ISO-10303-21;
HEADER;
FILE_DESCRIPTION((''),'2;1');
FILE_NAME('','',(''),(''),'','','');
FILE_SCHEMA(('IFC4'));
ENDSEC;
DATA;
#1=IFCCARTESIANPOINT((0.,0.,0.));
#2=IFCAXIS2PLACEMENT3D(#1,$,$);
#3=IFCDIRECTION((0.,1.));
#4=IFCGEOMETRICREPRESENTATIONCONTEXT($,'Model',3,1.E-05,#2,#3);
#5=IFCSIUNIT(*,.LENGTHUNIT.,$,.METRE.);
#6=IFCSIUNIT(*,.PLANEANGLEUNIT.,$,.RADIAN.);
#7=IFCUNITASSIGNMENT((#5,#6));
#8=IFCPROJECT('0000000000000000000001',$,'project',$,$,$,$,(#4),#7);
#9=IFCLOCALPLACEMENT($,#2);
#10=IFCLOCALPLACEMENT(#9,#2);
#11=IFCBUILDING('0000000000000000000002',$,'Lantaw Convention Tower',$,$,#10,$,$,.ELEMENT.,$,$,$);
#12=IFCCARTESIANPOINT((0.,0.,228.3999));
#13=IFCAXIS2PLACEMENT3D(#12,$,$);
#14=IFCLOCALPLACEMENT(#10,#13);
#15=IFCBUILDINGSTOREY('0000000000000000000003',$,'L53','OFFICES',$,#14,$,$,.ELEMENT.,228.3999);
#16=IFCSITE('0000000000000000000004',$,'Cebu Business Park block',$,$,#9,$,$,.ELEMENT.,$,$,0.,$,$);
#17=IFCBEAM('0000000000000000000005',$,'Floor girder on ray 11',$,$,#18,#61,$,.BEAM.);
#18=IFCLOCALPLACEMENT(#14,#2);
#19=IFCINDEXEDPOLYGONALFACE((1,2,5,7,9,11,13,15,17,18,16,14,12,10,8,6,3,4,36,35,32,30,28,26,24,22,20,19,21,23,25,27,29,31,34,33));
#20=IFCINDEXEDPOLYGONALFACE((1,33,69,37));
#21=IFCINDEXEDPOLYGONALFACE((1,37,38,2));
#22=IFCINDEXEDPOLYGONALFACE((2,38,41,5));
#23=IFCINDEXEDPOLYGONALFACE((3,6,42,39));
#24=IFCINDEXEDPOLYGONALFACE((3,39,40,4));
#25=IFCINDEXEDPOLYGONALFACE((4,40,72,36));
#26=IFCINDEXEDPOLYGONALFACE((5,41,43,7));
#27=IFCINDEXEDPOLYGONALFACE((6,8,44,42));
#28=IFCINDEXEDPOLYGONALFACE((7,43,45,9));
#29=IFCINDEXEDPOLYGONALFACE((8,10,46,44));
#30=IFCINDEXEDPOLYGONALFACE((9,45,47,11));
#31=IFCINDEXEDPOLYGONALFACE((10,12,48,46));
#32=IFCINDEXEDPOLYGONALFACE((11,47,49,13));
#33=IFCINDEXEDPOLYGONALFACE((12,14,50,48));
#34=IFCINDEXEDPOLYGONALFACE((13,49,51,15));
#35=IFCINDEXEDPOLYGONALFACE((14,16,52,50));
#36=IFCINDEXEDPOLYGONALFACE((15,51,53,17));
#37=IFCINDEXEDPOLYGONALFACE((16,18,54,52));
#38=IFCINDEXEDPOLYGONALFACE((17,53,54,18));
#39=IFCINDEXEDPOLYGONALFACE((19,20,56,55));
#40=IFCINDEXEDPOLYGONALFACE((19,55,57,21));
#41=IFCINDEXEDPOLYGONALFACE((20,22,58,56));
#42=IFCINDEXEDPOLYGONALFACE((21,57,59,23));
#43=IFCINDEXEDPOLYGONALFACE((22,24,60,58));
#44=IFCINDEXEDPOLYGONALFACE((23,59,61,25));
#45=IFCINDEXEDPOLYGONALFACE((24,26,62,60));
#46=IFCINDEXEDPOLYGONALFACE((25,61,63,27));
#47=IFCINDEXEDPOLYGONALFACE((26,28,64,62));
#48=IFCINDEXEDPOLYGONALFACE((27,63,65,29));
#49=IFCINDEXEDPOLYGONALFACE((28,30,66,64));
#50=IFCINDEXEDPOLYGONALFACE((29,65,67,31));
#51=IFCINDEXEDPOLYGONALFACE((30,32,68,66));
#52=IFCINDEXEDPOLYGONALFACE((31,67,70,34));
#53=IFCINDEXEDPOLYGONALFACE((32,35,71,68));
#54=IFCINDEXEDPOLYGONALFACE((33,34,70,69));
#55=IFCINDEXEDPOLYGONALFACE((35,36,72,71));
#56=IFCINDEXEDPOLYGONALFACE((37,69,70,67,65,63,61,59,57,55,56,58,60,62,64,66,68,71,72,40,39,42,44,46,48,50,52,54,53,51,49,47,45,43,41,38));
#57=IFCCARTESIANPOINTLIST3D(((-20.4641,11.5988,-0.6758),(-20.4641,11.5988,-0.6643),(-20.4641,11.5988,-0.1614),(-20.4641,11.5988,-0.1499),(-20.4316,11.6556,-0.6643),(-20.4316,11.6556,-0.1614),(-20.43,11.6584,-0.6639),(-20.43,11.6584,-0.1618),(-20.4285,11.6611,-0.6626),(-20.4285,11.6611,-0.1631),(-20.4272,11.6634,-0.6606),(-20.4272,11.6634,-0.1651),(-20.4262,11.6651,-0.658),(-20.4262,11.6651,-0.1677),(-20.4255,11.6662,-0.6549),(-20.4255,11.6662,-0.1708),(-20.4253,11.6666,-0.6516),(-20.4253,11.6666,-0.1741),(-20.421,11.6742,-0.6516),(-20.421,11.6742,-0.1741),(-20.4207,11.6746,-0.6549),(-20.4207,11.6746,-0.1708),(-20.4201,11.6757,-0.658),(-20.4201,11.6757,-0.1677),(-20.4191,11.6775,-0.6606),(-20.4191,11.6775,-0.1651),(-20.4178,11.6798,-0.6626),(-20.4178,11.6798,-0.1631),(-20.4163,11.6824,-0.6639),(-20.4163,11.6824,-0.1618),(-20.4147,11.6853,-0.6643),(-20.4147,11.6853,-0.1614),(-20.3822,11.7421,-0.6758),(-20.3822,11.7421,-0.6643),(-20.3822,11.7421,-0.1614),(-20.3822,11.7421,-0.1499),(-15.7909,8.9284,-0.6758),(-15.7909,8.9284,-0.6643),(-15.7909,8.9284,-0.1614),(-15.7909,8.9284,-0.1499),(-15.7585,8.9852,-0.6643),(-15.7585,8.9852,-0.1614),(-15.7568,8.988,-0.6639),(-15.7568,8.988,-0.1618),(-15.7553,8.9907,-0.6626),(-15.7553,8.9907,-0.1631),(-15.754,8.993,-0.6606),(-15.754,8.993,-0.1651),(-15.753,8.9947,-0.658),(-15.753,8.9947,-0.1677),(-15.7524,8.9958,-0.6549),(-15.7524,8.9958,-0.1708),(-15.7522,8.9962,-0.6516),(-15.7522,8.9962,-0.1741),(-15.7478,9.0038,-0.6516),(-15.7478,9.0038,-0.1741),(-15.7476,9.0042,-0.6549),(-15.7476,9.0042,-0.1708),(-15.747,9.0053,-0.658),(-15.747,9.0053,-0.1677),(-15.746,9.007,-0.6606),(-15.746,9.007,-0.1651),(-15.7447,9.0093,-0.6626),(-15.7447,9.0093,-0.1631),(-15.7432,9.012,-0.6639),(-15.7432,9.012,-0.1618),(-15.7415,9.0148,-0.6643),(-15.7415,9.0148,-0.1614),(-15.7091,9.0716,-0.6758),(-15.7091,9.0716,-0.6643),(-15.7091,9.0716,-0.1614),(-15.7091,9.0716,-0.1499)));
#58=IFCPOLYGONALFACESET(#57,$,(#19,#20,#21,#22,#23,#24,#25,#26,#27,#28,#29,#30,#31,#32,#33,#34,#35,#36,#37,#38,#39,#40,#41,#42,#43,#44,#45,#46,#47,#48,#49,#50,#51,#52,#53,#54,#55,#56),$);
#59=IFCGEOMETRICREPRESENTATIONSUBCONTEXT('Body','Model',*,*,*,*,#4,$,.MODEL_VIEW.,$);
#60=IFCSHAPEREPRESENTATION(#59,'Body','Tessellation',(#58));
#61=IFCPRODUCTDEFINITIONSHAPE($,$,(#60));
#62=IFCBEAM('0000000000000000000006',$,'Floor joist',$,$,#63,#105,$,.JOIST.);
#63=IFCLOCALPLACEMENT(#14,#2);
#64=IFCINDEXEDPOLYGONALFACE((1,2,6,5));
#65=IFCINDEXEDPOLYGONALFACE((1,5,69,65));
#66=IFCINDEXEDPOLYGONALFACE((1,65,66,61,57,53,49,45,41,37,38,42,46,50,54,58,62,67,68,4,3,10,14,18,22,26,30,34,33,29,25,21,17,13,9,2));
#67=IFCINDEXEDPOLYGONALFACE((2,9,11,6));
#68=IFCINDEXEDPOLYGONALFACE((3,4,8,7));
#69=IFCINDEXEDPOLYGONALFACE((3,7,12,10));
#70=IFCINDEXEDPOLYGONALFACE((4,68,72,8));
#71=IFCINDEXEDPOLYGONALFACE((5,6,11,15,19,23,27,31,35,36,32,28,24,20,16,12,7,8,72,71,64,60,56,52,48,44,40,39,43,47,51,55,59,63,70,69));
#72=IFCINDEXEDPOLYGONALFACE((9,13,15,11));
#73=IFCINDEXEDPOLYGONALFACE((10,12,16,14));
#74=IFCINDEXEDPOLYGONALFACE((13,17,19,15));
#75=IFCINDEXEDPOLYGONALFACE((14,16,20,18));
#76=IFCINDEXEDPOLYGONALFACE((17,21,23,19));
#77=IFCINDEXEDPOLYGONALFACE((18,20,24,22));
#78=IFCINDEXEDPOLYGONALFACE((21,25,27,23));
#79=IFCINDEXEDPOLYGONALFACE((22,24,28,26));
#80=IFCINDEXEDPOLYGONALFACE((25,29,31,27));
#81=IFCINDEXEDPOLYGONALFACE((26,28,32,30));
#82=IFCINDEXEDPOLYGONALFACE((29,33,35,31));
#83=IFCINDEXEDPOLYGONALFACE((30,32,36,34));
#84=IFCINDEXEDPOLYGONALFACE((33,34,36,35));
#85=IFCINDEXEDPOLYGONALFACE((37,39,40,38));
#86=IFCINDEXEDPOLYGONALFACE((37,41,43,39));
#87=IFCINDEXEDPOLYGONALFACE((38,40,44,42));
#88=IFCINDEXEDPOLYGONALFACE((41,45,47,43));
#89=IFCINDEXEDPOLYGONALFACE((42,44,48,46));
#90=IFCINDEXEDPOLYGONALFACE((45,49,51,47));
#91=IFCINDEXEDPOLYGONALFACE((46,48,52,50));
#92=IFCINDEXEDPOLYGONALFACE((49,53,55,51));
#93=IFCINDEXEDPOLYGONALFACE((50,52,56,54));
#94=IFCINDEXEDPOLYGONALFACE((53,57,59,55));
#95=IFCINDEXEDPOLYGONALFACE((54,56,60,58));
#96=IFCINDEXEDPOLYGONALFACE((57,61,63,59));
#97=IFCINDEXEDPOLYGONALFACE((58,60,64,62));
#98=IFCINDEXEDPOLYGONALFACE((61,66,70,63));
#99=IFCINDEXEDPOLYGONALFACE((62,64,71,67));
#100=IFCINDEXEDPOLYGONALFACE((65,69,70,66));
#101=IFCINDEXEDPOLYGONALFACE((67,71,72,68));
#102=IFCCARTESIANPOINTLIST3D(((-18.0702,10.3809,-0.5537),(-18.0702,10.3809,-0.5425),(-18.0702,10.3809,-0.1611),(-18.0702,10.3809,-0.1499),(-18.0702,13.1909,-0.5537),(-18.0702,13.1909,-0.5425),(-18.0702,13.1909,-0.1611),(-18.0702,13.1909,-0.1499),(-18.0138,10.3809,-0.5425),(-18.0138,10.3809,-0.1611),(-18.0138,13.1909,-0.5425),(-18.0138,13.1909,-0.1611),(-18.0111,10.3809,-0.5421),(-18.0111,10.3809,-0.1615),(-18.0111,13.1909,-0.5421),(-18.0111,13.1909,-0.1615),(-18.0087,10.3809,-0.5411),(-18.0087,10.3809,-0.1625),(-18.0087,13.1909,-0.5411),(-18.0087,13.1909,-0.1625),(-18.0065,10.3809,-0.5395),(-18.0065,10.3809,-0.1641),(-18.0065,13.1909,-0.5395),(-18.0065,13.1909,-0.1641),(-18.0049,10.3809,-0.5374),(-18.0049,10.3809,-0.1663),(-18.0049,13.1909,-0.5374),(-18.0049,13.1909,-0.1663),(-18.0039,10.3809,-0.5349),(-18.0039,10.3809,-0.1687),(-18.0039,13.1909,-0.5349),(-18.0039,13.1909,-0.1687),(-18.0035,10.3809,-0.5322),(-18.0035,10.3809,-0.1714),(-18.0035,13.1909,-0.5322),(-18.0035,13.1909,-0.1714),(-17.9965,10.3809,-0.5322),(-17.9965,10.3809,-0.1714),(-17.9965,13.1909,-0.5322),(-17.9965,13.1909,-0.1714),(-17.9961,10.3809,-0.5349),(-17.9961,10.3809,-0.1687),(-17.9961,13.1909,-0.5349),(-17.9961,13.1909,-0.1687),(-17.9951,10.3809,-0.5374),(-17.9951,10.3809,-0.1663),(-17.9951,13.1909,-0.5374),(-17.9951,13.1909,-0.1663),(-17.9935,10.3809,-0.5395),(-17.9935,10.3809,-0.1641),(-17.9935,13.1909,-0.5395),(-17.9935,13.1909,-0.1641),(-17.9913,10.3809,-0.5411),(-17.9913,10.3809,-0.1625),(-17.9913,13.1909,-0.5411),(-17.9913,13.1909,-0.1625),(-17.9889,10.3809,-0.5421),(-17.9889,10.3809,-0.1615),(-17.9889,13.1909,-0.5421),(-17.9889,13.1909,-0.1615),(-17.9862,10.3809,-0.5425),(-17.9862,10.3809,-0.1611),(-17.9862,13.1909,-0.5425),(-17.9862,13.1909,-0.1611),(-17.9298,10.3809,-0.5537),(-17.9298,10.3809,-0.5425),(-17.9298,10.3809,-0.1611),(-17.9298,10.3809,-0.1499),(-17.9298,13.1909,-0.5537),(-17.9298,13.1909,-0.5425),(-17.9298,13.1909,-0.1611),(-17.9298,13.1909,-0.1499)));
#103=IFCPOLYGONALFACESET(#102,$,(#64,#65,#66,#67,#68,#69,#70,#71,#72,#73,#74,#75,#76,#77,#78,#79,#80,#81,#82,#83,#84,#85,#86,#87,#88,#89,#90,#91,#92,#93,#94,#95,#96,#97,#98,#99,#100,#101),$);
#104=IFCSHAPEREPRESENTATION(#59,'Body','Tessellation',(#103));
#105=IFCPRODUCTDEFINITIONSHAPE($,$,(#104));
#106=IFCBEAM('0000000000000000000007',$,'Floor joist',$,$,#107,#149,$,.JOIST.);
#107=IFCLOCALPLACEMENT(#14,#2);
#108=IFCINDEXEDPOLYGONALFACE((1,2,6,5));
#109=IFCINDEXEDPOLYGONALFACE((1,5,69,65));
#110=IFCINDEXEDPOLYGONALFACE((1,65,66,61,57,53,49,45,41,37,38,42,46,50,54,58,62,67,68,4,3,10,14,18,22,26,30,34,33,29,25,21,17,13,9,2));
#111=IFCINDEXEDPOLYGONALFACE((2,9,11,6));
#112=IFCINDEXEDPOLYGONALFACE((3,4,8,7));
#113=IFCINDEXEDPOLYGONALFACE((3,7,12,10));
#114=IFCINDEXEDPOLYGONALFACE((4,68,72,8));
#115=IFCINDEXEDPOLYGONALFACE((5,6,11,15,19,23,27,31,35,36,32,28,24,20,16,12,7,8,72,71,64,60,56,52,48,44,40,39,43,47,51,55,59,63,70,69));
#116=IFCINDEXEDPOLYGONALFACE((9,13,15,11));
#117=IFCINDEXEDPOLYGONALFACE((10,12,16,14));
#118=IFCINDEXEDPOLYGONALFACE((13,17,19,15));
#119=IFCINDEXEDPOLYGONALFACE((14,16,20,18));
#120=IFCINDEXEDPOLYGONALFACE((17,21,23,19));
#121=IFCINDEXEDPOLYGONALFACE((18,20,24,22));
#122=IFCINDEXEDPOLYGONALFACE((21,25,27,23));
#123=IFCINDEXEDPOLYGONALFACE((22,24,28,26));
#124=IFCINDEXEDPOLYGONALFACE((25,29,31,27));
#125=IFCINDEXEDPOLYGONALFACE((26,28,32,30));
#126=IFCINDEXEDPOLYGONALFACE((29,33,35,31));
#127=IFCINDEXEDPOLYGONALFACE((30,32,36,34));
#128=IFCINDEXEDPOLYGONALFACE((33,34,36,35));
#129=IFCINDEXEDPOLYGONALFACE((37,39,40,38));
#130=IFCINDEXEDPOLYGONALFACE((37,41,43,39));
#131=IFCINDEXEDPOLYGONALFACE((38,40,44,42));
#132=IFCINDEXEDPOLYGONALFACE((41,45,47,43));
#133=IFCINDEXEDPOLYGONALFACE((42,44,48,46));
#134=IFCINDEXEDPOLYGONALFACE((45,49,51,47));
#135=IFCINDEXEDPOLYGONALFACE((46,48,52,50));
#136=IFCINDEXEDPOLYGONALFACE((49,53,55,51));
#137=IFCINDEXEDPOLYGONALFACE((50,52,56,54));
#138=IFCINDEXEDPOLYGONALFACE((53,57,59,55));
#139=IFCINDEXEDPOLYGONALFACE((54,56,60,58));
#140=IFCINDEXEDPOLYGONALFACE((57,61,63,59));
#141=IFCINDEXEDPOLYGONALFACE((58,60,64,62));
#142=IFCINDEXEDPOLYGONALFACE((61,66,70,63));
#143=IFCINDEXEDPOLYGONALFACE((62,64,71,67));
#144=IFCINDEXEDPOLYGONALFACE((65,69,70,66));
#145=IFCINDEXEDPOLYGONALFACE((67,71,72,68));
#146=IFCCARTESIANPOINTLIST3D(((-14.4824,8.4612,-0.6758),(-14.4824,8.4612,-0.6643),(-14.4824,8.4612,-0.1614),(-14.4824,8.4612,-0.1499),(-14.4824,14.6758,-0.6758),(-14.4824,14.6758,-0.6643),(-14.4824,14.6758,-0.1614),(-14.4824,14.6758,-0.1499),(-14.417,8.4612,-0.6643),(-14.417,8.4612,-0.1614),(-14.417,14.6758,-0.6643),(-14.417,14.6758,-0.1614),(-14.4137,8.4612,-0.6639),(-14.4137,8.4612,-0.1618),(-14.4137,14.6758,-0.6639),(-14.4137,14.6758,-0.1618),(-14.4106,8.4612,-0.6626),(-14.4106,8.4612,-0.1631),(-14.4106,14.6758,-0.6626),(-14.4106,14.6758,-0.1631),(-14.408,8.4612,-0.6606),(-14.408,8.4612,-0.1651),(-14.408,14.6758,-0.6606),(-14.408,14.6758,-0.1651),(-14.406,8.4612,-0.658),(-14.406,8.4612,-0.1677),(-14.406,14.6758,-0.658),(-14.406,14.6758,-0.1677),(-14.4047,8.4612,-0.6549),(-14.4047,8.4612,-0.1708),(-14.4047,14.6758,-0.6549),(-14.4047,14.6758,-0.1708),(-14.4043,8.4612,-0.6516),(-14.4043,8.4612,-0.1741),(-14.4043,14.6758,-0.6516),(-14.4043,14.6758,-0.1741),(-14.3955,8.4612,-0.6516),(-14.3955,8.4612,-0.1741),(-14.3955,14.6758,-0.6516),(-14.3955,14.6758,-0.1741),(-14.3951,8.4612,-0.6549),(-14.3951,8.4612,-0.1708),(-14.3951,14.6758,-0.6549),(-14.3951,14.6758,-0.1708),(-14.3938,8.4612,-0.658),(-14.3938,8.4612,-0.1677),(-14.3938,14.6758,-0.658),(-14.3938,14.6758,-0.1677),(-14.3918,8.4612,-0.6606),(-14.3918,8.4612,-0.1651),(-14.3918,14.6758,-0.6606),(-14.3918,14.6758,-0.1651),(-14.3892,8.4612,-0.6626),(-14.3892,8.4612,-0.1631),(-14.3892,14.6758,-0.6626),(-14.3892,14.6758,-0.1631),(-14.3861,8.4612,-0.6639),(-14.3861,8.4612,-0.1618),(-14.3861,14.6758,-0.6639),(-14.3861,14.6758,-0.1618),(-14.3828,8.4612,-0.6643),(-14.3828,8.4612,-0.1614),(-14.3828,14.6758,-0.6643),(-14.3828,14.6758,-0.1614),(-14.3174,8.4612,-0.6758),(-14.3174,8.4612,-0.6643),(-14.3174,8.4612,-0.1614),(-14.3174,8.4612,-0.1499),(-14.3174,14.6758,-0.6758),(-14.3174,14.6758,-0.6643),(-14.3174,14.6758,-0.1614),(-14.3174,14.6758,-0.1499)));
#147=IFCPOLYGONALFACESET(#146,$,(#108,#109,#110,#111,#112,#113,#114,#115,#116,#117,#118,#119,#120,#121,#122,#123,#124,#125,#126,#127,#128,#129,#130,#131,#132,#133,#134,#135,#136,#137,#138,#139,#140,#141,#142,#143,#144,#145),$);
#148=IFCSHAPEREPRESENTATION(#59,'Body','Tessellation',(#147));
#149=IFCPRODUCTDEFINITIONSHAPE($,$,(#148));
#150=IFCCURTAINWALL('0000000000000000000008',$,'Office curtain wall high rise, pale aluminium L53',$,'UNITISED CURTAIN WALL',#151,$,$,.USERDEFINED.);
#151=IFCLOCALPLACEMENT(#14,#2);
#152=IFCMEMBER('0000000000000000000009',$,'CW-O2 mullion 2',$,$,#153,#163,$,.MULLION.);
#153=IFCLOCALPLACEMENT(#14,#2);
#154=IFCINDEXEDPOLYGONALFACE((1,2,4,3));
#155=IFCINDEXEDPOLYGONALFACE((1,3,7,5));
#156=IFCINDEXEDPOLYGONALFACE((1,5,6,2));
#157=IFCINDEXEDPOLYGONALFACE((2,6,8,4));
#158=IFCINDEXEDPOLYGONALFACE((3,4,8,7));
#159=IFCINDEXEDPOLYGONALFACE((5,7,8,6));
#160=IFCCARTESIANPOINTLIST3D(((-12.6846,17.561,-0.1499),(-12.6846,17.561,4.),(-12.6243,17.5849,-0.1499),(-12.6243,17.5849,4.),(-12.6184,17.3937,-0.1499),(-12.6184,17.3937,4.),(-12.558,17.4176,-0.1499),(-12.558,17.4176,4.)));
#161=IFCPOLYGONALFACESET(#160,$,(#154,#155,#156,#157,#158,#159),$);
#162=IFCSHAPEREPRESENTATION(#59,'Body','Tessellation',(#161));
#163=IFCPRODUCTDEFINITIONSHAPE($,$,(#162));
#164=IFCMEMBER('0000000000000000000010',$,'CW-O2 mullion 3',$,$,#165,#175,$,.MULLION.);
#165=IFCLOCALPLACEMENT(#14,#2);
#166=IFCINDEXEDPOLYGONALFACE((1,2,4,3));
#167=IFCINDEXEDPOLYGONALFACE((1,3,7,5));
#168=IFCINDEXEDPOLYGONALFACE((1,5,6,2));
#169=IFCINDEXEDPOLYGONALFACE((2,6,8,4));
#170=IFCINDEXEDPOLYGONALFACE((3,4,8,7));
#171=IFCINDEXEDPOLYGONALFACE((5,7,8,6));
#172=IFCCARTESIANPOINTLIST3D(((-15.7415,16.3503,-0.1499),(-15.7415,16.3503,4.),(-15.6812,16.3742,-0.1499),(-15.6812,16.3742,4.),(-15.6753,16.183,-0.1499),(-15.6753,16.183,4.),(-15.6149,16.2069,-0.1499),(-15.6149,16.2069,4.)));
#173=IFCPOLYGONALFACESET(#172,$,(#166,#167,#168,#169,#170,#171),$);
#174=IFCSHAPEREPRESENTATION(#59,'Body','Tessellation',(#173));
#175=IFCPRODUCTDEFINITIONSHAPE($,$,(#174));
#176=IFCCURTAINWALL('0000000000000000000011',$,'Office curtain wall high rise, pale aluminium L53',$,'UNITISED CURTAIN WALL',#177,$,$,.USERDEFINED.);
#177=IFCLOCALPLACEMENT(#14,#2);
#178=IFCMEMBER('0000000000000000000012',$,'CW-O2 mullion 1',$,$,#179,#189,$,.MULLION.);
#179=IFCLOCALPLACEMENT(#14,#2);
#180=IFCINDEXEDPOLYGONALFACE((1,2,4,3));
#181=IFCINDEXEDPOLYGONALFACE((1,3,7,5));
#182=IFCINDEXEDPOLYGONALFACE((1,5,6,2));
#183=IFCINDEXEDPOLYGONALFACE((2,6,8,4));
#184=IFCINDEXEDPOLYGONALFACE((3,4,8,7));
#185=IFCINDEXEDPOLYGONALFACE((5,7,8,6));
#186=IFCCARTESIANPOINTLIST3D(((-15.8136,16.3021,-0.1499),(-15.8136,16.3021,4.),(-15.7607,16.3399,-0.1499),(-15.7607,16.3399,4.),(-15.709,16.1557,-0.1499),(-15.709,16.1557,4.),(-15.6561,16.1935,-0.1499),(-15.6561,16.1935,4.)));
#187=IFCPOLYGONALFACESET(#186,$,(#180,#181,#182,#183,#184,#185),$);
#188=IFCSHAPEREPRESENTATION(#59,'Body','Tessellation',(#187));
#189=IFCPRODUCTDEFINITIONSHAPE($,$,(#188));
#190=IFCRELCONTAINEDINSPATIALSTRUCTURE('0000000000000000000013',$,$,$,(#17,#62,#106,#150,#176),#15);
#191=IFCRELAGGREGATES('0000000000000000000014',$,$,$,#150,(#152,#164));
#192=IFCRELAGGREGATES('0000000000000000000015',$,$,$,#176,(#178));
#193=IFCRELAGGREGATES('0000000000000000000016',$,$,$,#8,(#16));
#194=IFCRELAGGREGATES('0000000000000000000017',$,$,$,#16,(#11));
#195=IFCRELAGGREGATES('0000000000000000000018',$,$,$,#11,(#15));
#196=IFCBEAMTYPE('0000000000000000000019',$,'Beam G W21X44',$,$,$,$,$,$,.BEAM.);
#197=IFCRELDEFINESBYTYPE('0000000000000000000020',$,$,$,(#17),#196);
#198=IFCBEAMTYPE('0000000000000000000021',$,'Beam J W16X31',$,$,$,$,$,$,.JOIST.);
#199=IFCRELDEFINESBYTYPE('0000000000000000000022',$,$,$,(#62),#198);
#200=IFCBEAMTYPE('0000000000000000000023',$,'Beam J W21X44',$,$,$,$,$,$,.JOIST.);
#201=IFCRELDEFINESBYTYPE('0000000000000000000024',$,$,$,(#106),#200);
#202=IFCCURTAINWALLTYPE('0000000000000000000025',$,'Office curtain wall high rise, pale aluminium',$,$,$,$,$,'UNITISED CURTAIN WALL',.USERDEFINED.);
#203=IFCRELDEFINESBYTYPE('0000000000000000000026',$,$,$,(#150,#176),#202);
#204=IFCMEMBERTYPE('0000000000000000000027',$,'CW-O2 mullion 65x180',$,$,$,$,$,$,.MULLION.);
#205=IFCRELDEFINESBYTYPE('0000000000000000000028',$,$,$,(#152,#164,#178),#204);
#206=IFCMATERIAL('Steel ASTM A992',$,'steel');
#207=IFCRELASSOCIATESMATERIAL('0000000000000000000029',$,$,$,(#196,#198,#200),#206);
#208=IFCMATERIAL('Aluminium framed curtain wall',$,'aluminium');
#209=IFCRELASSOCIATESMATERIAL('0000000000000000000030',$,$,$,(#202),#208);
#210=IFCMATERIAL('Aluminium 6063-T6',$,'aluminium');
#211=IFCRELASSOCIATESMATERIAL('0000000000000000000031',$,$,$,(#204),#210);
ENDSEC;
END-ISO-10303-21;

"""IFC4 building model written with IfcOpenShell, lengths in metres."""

from ifc_helpers import new_model, si_unit, direction, frame, origin, origin_2d, place, context, subcontext, project, spatial, rectangle, i_section, extrude, material, material_profile, profile_set, type_object, element, aggregate, save


model = new_model("IFC4")

# Units and contexts
model_context = context("Model", 3, precision=1e-05, world=origin(), true_north=direction((0.0, 1.0)))
body_context = subcontext(model_context, "Body", "Model", "MODEL_VIEW")
ifc_project = project(units=[si_unit("LENGTHUNIT", "METRE"), si_unit("PLANEANGLEUNIT", "RADIAN")], contexts=[model_context])

# Site, building, storey
site_placement = place(None, origin())
site = spatial("IfcSite", under=ifc_project, at=site_placement, Name="Cebu Business Park block", CompositionType="ELEMENT", RefElevation=0.0)
building_placement = place(site_placement, origin())
building = spatial("IfcBuilding", under=site, at=building_placement, Name="Lantaw Convention Tower", CompositionType="ELEMENT")
storey_placement = place(building_placement, frame((0.0, 0.0, 228.3999)))
storey = spatial("IfcBuildingStorey", under=building, at=storey_placement, Name="L53", Description="OFFICES", CompositionType="ELEMENT", Elevation=228.3999)

# Beams
ifc_material_1 = material(Name="Steel ASTM A992", Category="steel")
ifc_material_profile_1 = material_profile(ifc_material_1, i_section(OverallWidth=0.165, OverallDepth=0.5259, WebThickness=0.0088, FlangeThickness=0.0115, FilletRadius=0.0127, at=origin_2d()), Name="W21X44")
ifc_profile_set_1 = profile_set([ifc_material_profile_1], Name="Steel ASTM A992")
beam_type_1 = type_object("IfcBeamType", Name="Beam G W21X44", PredefinedType="BEAM", material=ifc_profile_set_1)
beam_1_placement = place(storey_placement, frame((-15.75, 9.0, -0.4128), z_axis=(-0.868238, 0.496149, 0.0), x_axis=(-0.496149, -0.868238, 0.0)))
element("IfcBeam", 1, at=beam_1_placement, inside=storey, type_object=beam_type_1, Name="Floor girder on ray 11", PredefinedType="BEAM", context=body_context, shape_type="SweptSolid", body=[
    extrude(i_section(OverallWidth=0.165, OverallDepth=0.5259, WebThickness=0.0088, FlangeThickness=0.0115, FilletRadius=0.0127, at=origin_2d()), origin(), (0.0, 0.0, 1.0), 5.3823),
])
ifc_material_profile_2 = material_profile(ifc_material_1, i_section(OverallWidth=0.1404, OverallDepth=0.4038, WebThickness=0.0071, FlangeThickness=0.0112, FilletRadius=0.0103, at=origin_2d()), Name="W16X31")
ifc_profile_set_2 = profile_set([ifc_material_profile_2], Name="Steel ASTM A992")
beam_type_2 = type_object("IfcBeamType", Name="Beam J W16X31", PredefinedType="JOIST", material=ifc_profile_set_2)
beam_2_placement = place(storey_placement, frame((-18.0, 10.3809, -0.3518), z_axis=(0.0, 1.0, 0.0), x_axis=(-1.0, 0.0, 0.0)))
element("IfcBeam", 2, at=beam_2_placement, inside=storey, type_object=beam_type_2, Name="Floor joist", PredefinedType="JOIST", context=body_context, shape_type="SweptSolid", body=[
    extrude(i_section(OverallWidth=0.1404, OverallDepth=0.4038, WebThickness=0.0071, FlangeThickness=0.0112, FilletRadius=0.0103, at=origin_2d()), origin(), (0.0, 0.0, 1.0), 2.8101),
])
ifc_material_profile_3 = material_profile(ifc_material_1, i_section(OverallWidth=0.165, OverallDepth=0.5259, WebThickness=0.0088, FlangeThickness=0.0115, FilletRadius=0.0127, at=origin_2d()), Name="W21X44")
ifc_profile_set_3 = profile_set([ifc_material_profile_3], Name="Steel ASTM A992")
beam_type_3 = type_object("IfcBeamType", Name="Beam J W21X44", PredefinedType="JOIST", material=ifc_profile_set_3)
beam_3_placement = place(storey_placement, frame((-14.3999, 8.4612, -0.4128), z_axis=(0.0, 1.0, 0.0), x_axis=(-1.0, 0.0, 0.0)))
element("IfcBeam", 3, at=beam_3_placement, inside=storey, type_object=beam_type_3, Name="Floor joist", PredefinedType="JOIST", context=body_context, shape_type="SweptSolid", body=[
    extrude(i_section(OverallWidth=0.165, OverallDepth=0.5259, WebThickness=0.0088, FlangeThickness=0.0115, FilletRadius=0.0127, at=origin_2d()), origin(), (0.0, 0.0, 1.0), 6.2146),
])

# Curtain walls, members
ifc_material_2 = material(Name="Aluminium framed curtain wall", Category="aluminium")
curtain_wall_type = type_object("IfcCurtainWallType", Name="Office curtain wall high rise, pale aluminium", ElementType="UNITISED CURTAIN WALL", PredefinedType="USERDEFINED", material=ifc_material_2)
curtain_wall_1_placement = place(storey_placement, origin())
curtain_wall_1 = element("IfcCurtainWall", 4, at=curtain_wall_1_placement, inside=storey, type_object=curtain_wall_type, Name="Office curtain wall high rise, pale aluminium L53", ObjectType="UNITISED CURTAIN WALL", PredefinedType="USERDEFINED")
ifc_material_3 = material(Name="Aluminium 6063-T6", Category="aluminium")
ifc_material_profile_4 = material_profile(ifc_material_3, rectangle(XDim=0.1799, YDim=0.0649, at=origin_2d()), Name="CW-O2 mullion 65x180")
ifc_profile_set_4 = profile_set([ifc_material_profile_4], Name="Aluminium 6063-T6")
member_type_1 = type_object("IfcMemberType", Name="CW-O2 mullion 65x180", PredefinedType="MULLION", material=ifc_profile_set_4)
member_1_placement = place(storey_placement, frame((-12.6213, 17.4893, -0.1499), z_axis=(0.0, 0.0, 1.0), x_axis=(0.368162, -0.929762, 0.0)))
member_1 = element("IfcMember", 5, at=member_1_placement, type_object=member_type_1, Name="CW-O2 mullion 2", PredefinedType="MULLION", context=body_context, shape_type="SweptSolid", body=[
    extrude(rectangle(XDim=0.1799, YDim=0.0649, at=origin_2d()), origin(), (0.0, 0.0, 1.0), 4.1499),
])
member_2_placement = place(storey_placement, frame((-15.6782, 16.2786, -0.1499), z_axis=(0.0, 0.0, 1.0), x_axis=(0.368162, -0.929762, 0.0)))
member_2 = element("IfcMember", 6, at=member_2_placement, type_object=member_type_1, Name="CW-O2 mullion 3", PredefinedType="MULLION", context=body_context, shape_type="SweptSolid", body=[
    extrude(rectangle(XDim=0.1799, YDim=0.0649, at=origin_2d()), origin(), (0.0, 0.0, 1.0), 4.1499),
])
curtain_wall_2_placement = place(storey_placement, origin())
curtain_wall_2 = element("IfcCurtainWall", 7, at=curtain_wall_2_placement, inside=storey, type_object=curtain_wall_type, Name="Office curtain wall high rise, pale aluminium L53", ObjectType="UNITISED CURTAIN WALL", PredefinedType="USERDEFINED")
member_3_placement = place(storey_placement, frame((-15.7349, 16.2478, -0.1499), z_axis=(0.0, 0.0, 1.0), x_axis=(0.581323, -0.813673, 0.0)))
member_3 = element("IfcMember", 8, at=member_3_placement, type_object=member_type_1, Name="CW-O2 mullion 1", PredefinedType="MULLION", context=body_context, shape_type="SweptSolid", body=[
    extrude(rectangle(XDim=0.1799, YDim=0.0649, at=origin_2d()), origin(), (0.0, 0.0, 1.0), 4.1499),
])

aggregate(curtain_wall_1, [member_1, member_2])
aggregate(curtain_wall_2, [member_3])

save(model, "model.ifc")
